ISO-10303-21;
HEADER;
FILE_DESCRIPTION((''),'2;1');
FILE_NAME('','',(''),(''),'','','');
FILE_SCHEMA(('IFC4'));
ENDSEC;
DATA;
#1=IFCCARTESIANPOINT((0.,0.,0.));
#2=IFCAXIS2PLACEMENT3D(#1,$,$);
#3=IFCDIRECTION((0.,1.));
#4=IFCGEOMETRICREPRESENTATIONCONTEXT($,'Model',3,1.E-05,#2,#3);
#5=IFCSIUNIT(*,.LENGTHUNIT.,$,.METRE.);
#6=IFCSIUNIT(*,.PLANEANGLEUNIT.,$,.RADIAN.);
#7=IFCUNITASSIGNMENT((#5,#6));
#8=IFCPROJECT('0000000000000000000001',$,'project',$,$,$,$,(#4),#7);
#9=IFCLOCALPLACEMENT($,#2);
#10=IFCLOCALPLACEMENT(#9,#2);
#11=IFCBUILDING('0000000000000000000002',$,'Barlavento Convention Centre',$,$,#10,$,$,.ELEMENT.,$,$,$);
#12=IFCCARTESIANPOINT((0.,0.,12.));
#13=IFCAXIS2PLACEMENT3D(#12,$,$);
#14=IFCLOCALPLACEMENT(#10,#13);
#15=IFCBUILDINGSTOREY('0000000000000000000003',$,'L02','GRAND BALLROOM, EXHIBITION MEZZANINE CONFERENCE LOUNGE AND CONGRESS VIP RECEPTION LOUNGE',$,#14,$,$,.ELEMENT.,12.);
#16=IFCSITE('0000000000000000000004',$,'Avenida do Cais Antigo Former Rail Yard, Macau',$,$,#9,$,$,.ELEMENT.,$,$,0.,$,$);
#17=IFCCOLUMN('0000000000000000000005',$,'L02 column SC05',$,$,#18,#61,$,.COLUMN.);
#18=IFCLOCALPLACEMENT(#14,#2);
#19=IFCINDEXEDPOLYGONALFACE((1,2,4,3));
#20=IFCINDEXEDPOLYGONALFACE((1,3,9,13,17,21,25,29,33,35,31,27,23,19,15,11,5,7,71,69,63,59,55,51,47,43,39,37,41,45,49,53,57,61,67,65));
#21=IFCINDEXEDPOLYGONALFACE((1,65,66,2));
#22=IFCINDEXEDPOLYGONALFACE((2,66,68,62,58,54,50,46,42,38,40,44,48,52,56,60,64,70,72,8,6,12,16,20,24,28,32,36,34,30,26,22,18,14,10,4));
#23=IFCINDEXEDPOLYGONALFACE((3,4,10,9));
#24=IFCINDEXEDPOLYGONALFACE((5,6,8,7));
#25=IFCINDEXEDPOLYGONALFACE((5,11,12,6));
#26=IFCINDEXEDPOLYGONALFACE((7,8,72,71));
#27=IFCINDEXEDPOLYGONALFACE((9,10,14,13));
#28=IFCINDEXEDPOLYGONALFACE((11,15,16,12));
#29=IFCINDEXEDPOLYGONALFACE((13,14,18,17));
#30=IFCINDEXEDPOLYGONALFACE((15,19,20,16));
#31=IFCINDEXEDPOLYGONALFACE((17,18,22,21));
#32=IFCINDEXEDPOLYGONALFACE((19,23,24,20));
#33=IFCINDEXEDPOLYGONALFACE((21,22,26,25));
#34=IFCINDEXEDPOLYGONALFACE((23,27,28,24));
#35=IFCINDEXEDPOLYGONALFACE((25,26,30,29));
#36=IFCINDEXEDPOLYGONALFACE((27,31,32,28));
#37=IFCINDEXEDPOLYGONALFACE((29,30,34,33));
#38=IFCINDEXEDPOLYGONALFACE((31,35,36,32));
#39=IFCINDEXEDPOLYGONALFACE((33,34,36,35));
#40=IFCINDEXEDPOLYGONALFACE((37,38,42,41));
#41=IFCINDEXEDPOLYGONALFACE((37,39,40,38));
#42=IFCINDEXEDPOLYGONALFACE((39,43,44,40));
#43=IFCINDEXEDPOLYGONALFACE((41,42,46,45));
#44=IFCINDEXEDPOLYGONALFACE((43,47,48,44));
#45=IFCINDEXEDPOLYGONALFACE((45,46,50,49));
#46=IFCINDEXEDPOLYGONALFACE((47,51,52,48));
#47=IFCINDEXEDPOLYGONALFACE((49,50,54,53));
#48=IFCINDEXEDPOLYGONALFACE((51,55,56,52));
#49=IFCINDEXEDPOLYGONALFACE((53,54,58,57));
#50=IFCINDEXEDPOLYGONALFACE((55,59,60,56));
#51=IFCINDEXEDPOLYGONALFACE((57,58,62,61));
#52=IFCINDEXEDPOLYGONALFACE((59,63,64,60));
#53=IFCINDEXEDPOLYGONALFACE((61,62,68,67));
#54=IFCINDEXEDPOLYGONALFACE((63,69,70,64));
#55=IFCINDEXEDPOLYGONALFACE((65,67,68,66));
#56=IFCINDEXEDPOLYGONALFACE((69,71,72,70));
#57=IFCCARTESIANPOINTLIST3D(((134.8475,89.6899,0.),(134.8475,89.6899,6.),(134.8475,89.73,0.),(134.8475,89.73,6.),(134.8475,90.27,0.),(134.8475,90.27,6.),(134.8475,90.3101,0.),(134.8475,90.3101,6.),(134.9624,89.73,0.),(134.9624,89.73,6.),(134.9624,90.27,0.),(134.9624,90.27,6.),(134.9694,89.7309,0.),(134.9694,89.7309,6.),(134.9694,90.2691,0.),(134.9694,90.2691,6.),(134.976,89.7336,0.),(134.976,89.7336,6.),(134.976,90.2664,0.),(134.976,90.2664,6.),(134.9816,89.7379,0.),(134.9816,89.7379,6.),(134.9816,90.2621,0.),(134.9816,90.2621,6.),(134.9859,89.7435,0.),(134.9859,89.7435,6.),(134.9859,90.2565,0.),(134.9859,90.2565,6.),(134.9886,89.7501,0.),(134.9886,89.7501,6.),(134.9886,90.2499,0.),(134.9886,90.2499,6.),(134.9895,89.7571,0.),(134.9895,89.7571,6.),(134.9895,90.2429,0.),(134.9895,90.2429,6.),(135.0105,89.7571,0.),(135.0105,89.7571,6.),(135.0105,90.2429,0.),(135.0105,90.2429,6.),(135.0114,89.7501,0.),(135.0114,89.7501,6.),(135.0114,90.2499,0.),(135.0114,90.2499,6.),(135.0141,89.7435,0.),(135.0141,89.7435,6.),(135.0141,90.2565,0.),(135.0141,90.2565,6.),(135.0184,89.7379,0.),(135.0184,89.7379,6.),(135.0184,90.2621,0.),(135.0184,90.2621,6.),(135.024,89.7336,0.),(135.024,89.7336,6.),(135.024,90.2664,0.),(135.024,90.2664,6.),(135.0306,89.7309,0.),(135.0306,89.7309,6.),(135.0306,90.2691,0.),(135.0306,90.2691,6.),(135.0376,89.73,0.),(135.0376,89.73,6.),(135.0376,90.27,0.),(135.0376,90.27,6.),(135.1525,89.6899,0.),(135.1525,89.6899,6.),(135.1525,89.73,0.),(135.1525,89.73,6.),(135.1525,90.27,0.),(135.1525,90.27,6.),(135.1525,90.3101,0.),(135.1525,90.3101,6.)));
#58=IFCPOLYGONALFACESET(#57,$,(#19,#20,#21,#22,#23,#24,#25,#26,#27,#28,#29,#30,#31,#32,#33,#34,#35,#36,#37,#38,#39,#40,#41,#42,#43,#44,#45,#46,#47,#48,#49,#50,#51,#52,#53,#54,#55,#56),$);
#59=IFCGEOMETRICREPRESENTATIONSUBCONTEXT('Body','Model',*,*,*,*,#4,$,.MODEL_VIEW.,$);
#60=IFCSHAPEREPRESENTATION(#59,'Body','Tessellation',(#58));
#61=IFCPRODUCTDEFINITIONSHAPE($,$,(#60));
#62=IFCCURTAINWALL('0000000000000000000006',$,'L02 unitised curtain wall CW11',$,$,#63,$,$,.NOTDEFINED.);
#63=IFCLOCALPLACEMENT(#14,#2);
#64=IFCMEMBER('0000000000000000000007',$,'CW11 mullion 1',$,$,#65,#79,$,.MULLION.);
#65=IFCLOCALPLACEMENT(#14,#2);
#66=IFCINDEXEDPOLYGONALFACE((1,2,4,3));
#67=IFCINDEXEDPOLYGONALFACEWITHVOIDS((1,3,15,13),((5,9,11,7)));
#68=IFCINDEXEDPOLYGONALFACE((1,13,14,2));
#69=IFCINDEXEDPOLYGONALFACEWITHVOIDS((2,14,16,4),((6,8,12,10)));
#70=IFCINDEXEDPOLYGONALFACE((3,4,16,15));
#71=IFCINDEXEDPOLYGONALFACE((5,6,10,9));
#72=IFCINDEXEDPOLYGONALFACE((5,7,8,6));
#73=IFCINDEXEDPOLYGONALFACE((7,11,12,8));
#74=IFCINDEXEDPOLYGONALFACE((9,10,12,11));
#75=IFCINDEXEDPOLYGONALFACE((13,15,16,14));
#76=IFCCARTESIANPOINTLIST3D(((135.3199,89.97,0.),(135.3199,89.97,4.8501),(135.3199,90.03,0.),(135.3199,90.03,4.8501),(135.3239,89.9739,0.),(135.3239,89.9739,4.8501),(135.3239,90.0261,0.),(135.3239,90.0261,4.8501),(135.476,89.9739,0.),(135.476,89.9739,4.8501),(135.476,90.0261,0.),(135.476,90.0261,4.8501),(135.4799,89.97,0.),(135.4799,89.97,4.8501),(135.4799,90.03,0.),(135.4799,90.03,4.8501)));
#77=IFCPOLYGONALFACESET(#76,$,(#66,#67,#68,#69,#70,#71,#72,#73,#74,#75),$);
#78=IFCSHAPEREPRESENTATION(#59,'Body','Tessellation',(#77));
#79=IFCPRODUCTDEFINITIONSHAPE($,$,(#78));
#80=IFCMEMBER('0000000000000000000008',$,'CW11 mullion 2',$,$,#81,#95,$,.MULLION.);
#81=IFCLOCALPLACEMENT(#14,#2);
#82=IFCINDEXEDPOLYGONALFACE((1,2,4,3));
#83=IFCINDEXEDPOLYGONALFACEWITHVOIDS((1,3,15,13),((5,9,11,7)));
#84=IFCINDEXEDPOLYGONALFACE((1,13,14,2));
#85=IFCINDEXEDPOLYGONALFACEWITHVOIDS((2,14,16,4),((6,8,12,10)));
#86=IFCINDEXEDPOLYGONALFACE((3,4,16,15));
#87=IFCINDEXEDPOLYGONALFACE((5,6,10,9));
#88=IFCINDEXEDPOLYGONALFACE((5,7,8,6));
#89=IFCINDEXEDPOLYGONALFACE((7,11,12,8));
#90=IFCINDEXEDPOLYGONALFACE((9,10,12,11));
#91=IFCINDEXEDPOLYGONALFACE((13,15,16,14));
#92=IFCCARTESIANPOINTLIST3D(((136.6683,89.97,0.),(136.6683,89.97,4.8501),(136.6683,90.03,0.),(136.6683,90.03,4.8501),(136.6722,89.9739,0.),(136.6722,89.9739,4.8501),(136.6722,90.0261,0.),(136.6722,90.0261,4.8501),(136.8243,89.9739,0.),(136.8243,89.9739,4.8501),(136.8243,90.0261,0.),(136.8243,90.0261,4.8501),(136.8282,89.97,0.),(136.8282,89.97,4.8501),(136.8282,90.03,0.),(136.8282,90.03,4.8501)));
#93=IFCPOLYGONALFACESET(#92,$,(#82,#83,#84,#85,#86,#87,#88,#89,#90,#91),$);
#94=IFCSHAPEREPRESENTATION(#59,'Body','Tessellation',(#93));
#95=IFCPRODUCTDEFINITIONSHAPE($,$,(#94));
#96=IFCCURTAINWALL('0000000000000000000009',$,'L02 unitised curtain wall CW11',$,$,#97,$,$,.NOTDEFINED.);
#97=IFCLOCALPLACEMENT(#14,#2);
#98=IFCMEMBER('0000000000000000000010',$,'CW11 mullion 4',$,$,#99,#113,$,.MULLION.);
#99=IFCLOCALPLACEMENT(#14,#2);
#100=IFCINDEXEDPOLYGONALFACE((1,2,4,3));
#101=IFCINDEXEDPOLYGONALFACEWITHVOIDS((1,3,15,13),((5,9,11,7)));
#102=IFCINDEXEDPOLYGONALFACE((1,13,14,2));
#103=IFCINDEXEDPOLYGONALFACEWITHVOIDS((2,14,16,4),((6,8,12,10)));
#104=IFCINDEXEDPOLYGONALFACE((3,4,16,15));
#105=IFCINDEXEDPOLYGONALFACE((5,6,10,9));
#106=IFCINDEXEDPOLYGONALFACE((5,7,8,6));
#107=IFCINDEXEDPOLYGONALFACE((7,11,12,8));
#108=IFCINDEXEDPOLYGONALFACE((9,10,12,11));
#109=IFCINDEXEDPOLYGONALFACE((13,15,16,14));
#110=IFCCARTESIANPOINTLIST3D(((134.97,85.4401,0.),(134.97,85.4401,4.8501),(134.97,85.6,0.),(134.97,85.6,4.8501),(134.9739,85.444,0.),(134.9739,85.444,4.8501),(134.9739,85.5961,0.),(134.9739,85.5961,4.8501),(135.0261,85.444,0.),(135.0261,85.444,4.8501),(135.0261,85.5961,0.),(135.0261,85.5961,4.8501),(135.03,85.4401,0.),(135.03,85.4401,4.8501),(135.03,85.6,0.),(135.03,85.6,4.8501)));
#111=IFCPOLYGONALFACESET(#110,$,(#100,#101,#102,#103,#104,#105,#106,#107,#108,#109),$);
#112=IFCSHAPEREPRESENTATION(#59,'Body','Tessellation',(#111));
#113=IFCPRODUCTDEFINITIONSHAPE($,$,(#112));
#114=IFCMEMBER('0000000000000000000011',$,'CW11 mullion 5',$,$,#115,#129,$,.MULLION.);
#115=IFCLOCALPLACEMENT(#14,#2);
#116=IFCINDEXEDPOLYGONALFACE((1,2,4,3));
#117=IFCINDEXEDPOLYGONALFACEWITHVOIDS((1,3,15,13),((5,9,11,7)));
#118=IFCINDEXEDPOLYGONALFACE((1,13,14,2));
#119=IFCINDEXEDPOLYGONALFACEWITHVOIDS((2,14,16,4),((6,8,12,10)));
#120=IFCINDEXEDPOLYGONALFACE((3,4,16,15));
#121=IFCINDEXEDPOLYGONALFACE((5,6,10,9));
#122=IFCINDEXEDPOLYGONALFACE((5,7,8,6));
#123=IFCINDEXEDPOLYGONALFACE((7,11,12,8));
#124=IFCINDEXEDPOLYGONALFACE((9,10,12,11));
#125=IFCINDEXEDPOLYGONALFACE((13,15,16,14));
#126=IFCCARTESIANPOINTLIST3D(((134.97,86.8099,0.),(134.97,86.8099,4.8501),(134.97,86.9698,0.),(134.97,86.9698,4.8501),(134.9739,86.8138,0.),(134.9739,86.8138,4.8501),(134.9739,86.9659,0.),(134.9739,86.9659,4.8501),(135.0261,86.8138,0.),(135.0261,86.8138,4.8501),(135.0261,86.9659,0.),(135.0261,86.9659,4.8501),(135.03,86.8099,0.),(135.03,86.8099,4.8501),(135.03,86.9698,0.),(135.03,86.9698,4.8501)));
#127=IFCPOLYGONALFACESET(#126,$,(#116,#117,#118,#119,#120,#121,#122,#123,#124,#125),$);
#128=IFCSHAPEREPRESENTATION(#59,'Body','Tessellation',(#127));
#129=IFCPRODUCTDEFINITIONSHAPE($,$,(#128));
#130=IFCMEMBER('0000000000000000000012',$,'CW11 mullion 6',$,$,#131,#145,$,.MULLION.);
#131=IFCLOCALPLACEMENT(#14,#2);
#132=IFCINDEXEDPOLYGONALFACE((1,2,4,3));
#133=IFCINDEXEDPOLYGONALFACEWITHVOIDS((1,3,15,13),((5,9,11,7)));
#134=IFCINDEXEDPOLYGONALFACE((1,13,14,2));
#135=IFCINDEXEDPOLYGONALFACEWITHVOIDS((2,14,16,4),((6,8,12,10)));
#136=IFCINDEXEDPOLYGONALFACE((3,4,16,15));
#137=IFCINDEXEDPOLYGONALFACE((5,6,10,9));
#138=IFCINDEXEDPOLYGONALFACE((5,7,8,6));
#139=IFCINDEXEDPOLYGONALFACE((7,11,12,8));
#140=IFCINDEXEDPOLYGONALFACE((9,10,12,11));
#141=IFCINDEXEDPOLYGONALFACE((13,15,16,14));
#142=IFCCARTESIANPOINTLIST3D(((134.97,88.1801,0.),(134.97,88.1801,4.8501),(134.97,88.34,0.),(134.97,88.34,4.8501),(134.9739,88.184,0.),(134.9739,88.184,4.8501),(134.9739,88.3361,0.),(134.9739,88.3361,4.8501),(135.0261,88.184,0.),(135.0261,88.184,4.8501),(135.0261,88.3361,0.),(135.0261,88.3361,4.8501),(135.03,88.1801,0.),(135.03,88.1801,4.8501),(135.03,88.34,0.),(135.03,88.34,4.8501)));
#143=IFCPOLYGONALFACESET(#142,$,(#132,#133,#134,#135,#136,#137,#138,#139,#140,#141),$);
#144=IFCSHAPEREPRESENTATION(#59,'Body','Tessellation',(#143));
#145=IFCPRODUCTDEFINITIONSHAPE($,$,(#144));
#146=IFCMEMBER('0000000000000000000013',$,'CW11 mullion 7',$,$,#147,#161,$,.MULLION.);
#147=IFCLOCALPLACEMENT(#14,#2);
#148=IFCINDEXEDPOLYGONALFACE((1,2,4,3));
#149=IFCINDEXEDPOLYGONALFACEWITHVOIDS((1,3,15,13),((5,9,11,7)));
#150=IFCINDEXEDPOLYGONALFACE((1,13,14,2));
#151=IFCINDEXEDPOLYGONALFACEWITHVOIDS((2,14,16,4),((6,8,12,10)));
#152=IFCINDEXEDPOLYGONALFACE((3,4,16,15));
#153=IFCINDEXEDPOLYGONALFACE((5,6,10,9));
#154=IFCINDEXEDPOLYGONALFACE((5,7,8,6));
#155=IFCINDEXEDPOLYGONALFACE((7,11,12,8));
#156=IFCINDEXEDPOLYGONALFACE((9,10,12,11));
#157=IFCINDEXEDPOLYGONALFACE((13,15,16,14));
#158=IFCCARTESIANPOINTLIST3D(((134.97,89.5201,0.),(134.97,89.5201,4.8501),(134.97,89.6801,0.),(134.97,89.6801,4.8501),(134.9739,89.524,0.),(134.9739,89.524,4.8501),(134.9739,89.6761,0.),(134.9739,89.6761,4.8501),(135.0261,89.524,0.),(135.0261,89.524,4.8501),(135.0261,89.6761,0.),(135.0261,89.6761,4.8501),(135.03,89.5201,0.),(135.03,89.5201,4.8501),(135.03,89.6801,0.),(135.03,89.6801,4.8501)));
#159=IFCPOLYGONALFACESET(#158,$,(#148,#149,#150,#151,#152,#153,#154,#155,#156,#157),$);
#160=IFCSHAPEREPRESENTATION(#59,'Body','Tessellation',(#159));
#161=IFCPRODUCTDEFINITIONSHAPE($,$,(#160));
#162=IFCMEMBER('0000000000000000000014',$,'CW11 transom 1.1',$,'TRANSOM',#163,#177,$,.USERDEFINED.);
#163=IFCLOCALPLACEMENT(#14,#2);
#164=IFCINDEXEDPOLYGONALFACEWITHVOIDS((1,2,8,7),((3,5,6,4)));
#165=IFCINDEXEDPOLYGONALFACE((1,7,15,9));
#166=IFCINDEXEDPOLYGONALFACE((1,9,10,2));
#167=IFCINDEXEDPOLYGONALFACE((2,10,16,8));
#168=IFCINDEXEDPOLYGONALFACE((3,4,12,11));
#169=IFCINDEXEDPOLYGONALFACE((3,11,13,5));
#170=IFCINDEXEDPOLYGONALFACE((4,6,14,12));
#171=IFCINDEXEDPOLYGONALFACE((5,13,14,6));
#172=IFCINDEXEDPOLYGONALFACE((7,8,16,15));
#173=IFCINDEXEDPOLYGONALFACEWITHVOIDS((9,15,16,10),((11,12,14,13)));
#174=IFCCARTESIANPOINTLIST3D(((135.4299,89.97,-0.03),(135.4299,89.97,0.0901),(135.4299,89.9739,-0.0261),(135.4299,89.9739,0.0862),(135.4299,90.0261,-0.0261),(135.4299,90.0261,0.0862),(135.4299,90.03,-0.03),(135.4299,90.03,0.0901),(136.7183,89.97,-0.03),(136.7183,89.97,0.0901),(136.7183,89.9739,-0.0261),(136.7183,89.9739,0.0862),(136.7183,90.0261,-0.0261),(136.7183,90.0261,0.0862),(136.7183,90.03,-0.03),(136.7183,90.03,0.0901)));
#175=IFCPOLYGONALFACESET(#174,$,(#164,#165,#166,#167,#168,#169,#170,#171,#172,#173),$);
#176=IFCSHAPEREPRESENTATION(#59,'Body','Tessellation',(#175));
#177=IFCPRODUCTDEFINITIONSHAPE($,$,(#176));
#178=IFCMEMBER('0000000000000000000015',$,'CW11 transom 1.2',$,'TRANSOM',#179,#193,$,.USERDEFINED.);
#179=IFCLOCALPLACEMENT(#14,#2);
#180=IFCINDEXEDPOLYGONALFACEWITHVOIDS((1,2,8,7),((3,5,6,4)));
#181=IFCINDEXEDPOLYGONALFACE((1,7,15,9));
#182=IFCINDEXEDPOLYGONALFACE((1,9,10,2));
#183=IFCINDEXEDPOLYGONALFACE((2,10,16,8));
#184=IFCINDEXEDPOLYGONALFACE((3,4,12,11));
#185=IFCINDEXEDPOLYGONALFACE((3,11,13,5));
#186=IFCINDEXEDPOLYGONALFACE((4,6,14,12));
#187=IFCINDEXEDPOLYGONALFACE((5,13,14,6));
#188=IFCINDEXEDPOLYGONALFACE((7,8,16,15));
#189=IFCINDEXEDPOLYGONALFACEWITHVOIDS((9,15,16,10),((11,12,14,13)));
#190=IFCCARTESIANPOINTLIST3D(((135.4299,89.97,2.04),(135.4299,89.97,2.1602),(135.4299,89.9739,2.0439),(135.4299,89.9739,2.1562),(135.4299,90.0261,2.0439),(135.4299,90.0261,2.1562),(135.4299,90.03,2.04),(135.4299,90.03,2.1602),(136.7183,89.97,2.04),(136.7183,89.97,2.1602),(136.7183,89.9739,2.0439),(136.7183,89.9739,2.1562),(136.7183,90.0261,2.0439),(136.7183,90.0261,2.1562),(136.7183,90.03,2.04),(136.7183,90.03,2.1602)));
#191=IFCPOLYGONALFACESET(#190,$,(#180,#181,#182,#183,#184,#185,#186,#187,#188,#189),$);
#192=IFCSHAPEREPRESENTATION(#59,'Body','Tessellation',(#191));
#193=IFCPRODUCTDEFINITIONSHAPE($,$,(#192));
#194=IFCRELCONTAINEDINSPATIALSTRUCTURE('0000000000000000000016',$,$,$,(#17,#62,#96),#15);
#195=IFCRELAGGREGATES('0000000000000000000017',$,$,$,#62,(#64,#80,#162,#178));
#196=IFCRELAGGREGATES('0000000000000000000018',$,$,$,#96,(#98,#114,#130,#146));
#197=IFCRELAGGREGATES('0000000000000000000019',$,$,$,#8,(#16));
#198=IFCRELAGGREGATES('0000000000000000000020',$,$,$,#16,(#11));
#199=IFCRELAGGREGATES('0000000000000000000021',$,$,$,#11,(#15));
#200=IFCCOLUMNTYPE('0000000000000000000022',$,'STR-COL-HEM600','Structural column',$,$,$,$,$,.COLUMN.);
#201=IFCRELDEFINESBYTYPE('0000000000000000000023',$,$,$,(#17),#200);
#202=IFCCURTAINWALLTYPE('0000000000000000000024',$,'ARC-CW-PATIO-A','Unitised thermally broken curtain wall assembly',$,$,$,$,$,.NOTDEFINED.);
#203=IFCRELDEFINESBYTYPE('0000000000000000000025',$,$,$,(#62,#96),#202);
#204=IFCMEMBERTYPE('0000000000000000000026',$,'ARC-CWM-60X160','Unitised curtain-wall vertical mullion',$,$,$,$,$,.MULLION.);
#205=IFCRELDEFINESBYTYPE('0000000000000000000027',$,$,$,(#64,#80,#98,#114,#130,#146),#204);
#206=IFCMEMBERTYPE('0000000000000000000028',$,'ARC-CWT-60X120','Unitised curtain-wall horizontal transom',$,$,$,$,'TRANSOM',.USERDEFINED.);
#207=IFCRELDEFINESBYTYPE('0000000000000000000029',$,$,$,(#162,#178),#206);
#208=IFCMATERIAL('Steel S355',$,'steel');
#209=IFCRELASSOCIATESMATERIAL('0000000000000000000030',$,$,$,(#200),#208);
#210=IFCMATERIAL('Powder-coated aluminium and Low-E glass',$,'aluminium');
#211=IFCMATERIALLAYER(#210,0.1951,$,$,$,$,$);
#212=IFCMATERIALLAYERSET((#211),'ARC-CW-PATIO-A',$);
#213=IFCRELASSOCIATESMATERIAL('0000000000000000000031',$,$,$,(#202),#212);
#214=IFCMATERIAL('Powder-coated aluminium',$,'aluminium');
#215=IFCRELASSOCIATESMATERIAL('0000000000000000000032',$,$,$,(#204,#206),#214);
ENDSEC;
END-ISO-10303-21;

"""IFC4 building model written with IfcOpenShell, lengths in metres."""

from ifc_helpers import new_model, si_unit, direction, frame, origin, origin_2d, place, context, subcontext, project, spatial, hollow_rectangle, i_section, extrude, material, layer, layer_set, material_profile, profile_set, type_object, element, aggregate, save


model = new_model("IFC4")

# Units and contexts
model_context = context("Model", 3, precision=1e-05, world=origin(), true_north=direction((0.0, 1.0)))
body_context = subcontext(model_context, "Body", "Model", "MODEL_VIEW")
ifc_project = project(units=[si_unit("LENGTHUNIT", "METRE"), si_unit("PLANEANGLEUNIT", "RADIAN")], contexts=[model_context])

# Site, building, storey
site_placement = place(None, origin())
site = spatial("IfcSite", under=ifc_project, at=site_placement, Name="Avenida do Cais Antigo Former Rail Yard, Macau", CompositionType="ELEMENT", RefElevation=0.0)
building_placement = place(site_placement, origin())
building = spatial("IfcBuilding", under=site, at=building_placement, Name="Barlavento Convention Centre", CompositionType="ELEMENT")
storey_placement = place(building_placement, frame((0.0, 0.0, 12.0)))
storey = spatial("IfcBuildingStorey", under=building, at=storey_placement, Name="L02", Description="GRAND BALLROOM, EXHIBITION MEZZANINE CONFERENCE LOUNGE AND CONGRESS VIP RECEPTION LOUNGE", CompositionType="ELEMENT", Elevation=12.0)

# Column
ifc_material_1 = material(Name="Steel S355", Category="steel")
ifc_material_profile_1 = material_profile(ifc_material_1, i_section(OverallWidth=0.3049, OverallDepth=0.6201, WebThickness=0.021, FlangeThickness=0.04, FilletRadius=0.0271, at=origin_2d()), Name="HEM 600")
ifc_profile_set_1 = profile_set([ifc_material_profile_1], Name="Steel S355")
column_type = type_object("IfcColumnType", Name="STR-COL-HEM600", Description="Structural column", PredefinedType="COLUMN", material=ifc_profile_set_1)
column_placement = place(storey_placement, frame((135.0, 90.0, 0.0), z_axis=(0.0, 0.0, 1.0), x_axis=(1.0, 0.0, 0.0)))
element("IfcColumn", 1, at=column_placement, inside=storey, type_object=column_type, Name="L02 column SC05", PredefinedType="COLUMN", context=body_context, shape_type="SweptSolid", body=[
    extrude(i_section(OverallWidth=0.3049, OverallDepth=0.6201, WebThickness=0.021, FlangeThickness=0.04, FilletRadius=0.0271, at=origin_2d()), origin(), (0.0, 0.0, 1.0), 6.0),
])

# Curtain walls, members
ifc_material_2 = material(Name="Powder-coated aluminium and Low-E glass", Category="aluminium")
ifc_layer_1 = layer(ifc_material_2, 0.1951)
ifc_layer_set_1 = layer_set([ifc_layer_1], Name="ARC-CW-PATIO-A")
curtain_wall_type = type_object("IfcCurtainWallType", Name="ARC-CW-PATIO-A", Description="Unitised thermally broken curtain wall assembly", PredefinedType="NOTDEFINED", material=ifc_layer_set_1)
curtain_wall_1_placement = place(storey_placement, origin())
curtain_wall_1 = element("IfcCurtainWall", 2, at=curtain_wall_1_placement, inside=storey, type_object=curtain_wall_type, Name="L02 unitised curtain wall CW11", PredefinedType="NOTDEFINED")
ifc_material_3 = material(Name="Powder-coated aluminium", Category="aluminium")
ifc_material_profile_2 = material_profile(ifc_material_3, hollow_rectangle(XDim=0.0601, YDim=0.1599, WallThickness=0.0039, at=origin_2d()), Name="AL-MULL 60x160x4")
ifc_profile_set_2 = profile_set([ifc_material_profile_2], Name="Powder-coated aluminium")
member_type_1 = type_object("IfcMemberType", Name="ARC-CWM-60X160", Description="Unitised curtain-wall vertical mullion", PredefinedType="MULLION", material=ifc_profile_set_2)
member_1_placement = place(storey_placement, frame((135.3999, 90.0, 0.0), z_axis=(0.0, 0.0, 1.0), x_axis=(0.0, 1.0, 0.0)))
member_1 = element("IfcMember", 3, at=member_1_placement, type_object=member_type_1, Name="CW11 mullion 1", PredefinedType="MULLION", context=body_context, shape_type="SweptSolid", body=[
    extrude(hollow_rectangle(XDim=0.0601, YDim=0.1599, WallThickness=0.0039, at=origin_2d()), origin(), (0.0, 0.0, 1.0), 4.8501),
])
member_2_placement = place(storey_placement, frame((136.7483, 90.0, 0.0), z_axis=(0.0, 0.0, 1.0), x_axis=(0.0, 1.0, 0.0)))
member_2 = element("IfcMember", 4, at=member_2_placement, type_object=member_type_1, Name="CW11 mullion 2", PredefinedType="MULLION", context=body_context, shape_type="SweptSolid", body=[
    extrude(hollow_rectangle(XDim=0.0601, YDim=0.1599, WallThickness=0.0039, at=origin_2d()), origin(), (0.0, 0.0, 1.0), 4.8501),
])
curtain_wall_2_placement = place(storey_placement, origin())
curtain_wall_2 = element("IfcCurtainWall", 5, at=curtain_wall_2_placement, inside=storey, type_object=curtain_wall_type, Name="L02 unitised curtain wall CW11", PredefinedType="NOTDEFINED")
member_3_placement = place(storey_placement, frame((135.0, 85.52, 0.0), z_axis=(0.0, 0.0, 1.0), x_axis=(-1.0, 0.0, 0.0)))
member_3 = element("IfcMember", 6, at=member_3_placement, type_object=member_type_1, Name="CW11 mullion 4", PredefinedType="MULLION", context=body_context, shape_type="SweptSolid", body=[
    extrude(hollow_rectangle(XDim=0.0601, YDim=0.1599, WallThickness=0.0039, at=origin_2d()), origin(), (0.0, 0.0, 1.0), 4.8501),
])
member_4_placement = place(storey_placement, frame((135.0, 86.8899, 0.0), z_axis=(0.0, 0.0, 1.0), x_axis=(-1.0, 0.0, 0.0)))
member_4 = element("IfcMember", 7, at=member_4_placement, type_object=member_type_1, Name="CW11 mullion 5", PredefinedType="MULLION", context=body_context, shape_type="SweptSolid", body=[
    extrude(hollow_rectangle(XDim=0.0601, YDim=0.1599, WallThickness=0.0039, at=origin_2d()), origin(), (0.0, 0.0, 1.0), 4.8501),
])
member_5_placement = place(storey_placement, frame((135.0, 88.26, 0.0), z_axis=(0.0, 0.0, 1.0), x_axis=(-1.0, 0.0, 0.0)))
member_5 = element("IfcMember", 8, at=member_5_placement, type_object=member_type_1, Name="CW11 mullion 6", PredefinedType="MULLION", context=body_context, shape_type="SweptSolid", body=[
    extrude(hollow_rectangle(XDim=0.0601, YDim=0.1599, WallThickness=0.0039, at=origin_2d()), origin(), (0.0, 0.0, 1.0), 4.8501),
])
member_6_placement = place(storey_placement, frame((135.0, 89.6001, 0.0), z_axis=(0.0, 0.0, 1.0), x_axis=(-1.0, 0.0, 0.0)))
member_6 = element("IfcMember", 9, at=member_6_placement, type_object=member_type_1, Name="CW11 mullion 7", PredefinedType="MULLION", context=body_context, shape_type="SweptSolid", body=[
    extrude(hollow_rectangle(XDim=0.0601, YDim=0.1599, WallThickness=0.0039, at=origin_2d()), origin(), (0.0, 0.0, 1.0), 4.8501),
])

# Members
ifc_material_profile_3 = material_profile(ifc_material_3, hollow_rectangle(XDim=0.0601, YDim=0.1201, WallThickness=0.0039, at=origin_2d()), Name="AL-TRAN 60x120x4")
ifc_profile_set_3 = profile_set([ifc_material_profile_3], Name="Powder-coated aluminium")
member_type_2 = type_object("IfcMemberType", Name="ARC-CWT-60X120", Description="Unitised curtain-wall horizontal transom", ElementType="TRANSOM", PredefinedType="USERDEFINED", material=ifc_profile_set_3)
member_7_placement = place(storey_placement, frame((135.4299, 90.0, 0.03), z_axis=(1.0, 0.0, 0.0), x_axis=(0.0, 1.0, 0.0)))
member_7 = element("IfcMember", 10, at=member_7_placement, type_object=member_type_2, Name="CW11 transom 1.1", ObjectType="TRANSOM", PredefinedType="USERDEFINED", context=body_context, shape_type="SweptSolid", body=[
    extrude(hollow_rectangle(XDim=0.0601, YDim=0.1201, WallThickness=0.0039, at=origin_2d()), origin(), (0.0, 0.0, 1.0), 1.2883),
])
member_8_placement = place(storey_placement, frame((135.4299, 90.0, 2.1001), z_axis=(1.0, 0.0, 0.0), x_axis=(0.0, 1.0, 0.0)))
member_8 = element("IfcMember", 11, at=member_8_placement, type_object=member_type_2, Name="CW11 transom 1.2", ObjectType="TRANSOM", PredefinedType="USERDEFINED", context=body_context, shape_type="SweptSolid", body=[
    extrude(hollow_rectangle(XDim=0.0601, YDim=0.1201, WallThickness=0.0039, at=origin_2d()), origin(), (0.0, 0.0, 1.0), 1.2883),
])

aggregate(curtain_wall_1, [member_1, member_2, member_7, member_8])
aggregate(curtain_wall_2, [member_3, member_4, member_5, member_6])

save(model, "model.ifc")
